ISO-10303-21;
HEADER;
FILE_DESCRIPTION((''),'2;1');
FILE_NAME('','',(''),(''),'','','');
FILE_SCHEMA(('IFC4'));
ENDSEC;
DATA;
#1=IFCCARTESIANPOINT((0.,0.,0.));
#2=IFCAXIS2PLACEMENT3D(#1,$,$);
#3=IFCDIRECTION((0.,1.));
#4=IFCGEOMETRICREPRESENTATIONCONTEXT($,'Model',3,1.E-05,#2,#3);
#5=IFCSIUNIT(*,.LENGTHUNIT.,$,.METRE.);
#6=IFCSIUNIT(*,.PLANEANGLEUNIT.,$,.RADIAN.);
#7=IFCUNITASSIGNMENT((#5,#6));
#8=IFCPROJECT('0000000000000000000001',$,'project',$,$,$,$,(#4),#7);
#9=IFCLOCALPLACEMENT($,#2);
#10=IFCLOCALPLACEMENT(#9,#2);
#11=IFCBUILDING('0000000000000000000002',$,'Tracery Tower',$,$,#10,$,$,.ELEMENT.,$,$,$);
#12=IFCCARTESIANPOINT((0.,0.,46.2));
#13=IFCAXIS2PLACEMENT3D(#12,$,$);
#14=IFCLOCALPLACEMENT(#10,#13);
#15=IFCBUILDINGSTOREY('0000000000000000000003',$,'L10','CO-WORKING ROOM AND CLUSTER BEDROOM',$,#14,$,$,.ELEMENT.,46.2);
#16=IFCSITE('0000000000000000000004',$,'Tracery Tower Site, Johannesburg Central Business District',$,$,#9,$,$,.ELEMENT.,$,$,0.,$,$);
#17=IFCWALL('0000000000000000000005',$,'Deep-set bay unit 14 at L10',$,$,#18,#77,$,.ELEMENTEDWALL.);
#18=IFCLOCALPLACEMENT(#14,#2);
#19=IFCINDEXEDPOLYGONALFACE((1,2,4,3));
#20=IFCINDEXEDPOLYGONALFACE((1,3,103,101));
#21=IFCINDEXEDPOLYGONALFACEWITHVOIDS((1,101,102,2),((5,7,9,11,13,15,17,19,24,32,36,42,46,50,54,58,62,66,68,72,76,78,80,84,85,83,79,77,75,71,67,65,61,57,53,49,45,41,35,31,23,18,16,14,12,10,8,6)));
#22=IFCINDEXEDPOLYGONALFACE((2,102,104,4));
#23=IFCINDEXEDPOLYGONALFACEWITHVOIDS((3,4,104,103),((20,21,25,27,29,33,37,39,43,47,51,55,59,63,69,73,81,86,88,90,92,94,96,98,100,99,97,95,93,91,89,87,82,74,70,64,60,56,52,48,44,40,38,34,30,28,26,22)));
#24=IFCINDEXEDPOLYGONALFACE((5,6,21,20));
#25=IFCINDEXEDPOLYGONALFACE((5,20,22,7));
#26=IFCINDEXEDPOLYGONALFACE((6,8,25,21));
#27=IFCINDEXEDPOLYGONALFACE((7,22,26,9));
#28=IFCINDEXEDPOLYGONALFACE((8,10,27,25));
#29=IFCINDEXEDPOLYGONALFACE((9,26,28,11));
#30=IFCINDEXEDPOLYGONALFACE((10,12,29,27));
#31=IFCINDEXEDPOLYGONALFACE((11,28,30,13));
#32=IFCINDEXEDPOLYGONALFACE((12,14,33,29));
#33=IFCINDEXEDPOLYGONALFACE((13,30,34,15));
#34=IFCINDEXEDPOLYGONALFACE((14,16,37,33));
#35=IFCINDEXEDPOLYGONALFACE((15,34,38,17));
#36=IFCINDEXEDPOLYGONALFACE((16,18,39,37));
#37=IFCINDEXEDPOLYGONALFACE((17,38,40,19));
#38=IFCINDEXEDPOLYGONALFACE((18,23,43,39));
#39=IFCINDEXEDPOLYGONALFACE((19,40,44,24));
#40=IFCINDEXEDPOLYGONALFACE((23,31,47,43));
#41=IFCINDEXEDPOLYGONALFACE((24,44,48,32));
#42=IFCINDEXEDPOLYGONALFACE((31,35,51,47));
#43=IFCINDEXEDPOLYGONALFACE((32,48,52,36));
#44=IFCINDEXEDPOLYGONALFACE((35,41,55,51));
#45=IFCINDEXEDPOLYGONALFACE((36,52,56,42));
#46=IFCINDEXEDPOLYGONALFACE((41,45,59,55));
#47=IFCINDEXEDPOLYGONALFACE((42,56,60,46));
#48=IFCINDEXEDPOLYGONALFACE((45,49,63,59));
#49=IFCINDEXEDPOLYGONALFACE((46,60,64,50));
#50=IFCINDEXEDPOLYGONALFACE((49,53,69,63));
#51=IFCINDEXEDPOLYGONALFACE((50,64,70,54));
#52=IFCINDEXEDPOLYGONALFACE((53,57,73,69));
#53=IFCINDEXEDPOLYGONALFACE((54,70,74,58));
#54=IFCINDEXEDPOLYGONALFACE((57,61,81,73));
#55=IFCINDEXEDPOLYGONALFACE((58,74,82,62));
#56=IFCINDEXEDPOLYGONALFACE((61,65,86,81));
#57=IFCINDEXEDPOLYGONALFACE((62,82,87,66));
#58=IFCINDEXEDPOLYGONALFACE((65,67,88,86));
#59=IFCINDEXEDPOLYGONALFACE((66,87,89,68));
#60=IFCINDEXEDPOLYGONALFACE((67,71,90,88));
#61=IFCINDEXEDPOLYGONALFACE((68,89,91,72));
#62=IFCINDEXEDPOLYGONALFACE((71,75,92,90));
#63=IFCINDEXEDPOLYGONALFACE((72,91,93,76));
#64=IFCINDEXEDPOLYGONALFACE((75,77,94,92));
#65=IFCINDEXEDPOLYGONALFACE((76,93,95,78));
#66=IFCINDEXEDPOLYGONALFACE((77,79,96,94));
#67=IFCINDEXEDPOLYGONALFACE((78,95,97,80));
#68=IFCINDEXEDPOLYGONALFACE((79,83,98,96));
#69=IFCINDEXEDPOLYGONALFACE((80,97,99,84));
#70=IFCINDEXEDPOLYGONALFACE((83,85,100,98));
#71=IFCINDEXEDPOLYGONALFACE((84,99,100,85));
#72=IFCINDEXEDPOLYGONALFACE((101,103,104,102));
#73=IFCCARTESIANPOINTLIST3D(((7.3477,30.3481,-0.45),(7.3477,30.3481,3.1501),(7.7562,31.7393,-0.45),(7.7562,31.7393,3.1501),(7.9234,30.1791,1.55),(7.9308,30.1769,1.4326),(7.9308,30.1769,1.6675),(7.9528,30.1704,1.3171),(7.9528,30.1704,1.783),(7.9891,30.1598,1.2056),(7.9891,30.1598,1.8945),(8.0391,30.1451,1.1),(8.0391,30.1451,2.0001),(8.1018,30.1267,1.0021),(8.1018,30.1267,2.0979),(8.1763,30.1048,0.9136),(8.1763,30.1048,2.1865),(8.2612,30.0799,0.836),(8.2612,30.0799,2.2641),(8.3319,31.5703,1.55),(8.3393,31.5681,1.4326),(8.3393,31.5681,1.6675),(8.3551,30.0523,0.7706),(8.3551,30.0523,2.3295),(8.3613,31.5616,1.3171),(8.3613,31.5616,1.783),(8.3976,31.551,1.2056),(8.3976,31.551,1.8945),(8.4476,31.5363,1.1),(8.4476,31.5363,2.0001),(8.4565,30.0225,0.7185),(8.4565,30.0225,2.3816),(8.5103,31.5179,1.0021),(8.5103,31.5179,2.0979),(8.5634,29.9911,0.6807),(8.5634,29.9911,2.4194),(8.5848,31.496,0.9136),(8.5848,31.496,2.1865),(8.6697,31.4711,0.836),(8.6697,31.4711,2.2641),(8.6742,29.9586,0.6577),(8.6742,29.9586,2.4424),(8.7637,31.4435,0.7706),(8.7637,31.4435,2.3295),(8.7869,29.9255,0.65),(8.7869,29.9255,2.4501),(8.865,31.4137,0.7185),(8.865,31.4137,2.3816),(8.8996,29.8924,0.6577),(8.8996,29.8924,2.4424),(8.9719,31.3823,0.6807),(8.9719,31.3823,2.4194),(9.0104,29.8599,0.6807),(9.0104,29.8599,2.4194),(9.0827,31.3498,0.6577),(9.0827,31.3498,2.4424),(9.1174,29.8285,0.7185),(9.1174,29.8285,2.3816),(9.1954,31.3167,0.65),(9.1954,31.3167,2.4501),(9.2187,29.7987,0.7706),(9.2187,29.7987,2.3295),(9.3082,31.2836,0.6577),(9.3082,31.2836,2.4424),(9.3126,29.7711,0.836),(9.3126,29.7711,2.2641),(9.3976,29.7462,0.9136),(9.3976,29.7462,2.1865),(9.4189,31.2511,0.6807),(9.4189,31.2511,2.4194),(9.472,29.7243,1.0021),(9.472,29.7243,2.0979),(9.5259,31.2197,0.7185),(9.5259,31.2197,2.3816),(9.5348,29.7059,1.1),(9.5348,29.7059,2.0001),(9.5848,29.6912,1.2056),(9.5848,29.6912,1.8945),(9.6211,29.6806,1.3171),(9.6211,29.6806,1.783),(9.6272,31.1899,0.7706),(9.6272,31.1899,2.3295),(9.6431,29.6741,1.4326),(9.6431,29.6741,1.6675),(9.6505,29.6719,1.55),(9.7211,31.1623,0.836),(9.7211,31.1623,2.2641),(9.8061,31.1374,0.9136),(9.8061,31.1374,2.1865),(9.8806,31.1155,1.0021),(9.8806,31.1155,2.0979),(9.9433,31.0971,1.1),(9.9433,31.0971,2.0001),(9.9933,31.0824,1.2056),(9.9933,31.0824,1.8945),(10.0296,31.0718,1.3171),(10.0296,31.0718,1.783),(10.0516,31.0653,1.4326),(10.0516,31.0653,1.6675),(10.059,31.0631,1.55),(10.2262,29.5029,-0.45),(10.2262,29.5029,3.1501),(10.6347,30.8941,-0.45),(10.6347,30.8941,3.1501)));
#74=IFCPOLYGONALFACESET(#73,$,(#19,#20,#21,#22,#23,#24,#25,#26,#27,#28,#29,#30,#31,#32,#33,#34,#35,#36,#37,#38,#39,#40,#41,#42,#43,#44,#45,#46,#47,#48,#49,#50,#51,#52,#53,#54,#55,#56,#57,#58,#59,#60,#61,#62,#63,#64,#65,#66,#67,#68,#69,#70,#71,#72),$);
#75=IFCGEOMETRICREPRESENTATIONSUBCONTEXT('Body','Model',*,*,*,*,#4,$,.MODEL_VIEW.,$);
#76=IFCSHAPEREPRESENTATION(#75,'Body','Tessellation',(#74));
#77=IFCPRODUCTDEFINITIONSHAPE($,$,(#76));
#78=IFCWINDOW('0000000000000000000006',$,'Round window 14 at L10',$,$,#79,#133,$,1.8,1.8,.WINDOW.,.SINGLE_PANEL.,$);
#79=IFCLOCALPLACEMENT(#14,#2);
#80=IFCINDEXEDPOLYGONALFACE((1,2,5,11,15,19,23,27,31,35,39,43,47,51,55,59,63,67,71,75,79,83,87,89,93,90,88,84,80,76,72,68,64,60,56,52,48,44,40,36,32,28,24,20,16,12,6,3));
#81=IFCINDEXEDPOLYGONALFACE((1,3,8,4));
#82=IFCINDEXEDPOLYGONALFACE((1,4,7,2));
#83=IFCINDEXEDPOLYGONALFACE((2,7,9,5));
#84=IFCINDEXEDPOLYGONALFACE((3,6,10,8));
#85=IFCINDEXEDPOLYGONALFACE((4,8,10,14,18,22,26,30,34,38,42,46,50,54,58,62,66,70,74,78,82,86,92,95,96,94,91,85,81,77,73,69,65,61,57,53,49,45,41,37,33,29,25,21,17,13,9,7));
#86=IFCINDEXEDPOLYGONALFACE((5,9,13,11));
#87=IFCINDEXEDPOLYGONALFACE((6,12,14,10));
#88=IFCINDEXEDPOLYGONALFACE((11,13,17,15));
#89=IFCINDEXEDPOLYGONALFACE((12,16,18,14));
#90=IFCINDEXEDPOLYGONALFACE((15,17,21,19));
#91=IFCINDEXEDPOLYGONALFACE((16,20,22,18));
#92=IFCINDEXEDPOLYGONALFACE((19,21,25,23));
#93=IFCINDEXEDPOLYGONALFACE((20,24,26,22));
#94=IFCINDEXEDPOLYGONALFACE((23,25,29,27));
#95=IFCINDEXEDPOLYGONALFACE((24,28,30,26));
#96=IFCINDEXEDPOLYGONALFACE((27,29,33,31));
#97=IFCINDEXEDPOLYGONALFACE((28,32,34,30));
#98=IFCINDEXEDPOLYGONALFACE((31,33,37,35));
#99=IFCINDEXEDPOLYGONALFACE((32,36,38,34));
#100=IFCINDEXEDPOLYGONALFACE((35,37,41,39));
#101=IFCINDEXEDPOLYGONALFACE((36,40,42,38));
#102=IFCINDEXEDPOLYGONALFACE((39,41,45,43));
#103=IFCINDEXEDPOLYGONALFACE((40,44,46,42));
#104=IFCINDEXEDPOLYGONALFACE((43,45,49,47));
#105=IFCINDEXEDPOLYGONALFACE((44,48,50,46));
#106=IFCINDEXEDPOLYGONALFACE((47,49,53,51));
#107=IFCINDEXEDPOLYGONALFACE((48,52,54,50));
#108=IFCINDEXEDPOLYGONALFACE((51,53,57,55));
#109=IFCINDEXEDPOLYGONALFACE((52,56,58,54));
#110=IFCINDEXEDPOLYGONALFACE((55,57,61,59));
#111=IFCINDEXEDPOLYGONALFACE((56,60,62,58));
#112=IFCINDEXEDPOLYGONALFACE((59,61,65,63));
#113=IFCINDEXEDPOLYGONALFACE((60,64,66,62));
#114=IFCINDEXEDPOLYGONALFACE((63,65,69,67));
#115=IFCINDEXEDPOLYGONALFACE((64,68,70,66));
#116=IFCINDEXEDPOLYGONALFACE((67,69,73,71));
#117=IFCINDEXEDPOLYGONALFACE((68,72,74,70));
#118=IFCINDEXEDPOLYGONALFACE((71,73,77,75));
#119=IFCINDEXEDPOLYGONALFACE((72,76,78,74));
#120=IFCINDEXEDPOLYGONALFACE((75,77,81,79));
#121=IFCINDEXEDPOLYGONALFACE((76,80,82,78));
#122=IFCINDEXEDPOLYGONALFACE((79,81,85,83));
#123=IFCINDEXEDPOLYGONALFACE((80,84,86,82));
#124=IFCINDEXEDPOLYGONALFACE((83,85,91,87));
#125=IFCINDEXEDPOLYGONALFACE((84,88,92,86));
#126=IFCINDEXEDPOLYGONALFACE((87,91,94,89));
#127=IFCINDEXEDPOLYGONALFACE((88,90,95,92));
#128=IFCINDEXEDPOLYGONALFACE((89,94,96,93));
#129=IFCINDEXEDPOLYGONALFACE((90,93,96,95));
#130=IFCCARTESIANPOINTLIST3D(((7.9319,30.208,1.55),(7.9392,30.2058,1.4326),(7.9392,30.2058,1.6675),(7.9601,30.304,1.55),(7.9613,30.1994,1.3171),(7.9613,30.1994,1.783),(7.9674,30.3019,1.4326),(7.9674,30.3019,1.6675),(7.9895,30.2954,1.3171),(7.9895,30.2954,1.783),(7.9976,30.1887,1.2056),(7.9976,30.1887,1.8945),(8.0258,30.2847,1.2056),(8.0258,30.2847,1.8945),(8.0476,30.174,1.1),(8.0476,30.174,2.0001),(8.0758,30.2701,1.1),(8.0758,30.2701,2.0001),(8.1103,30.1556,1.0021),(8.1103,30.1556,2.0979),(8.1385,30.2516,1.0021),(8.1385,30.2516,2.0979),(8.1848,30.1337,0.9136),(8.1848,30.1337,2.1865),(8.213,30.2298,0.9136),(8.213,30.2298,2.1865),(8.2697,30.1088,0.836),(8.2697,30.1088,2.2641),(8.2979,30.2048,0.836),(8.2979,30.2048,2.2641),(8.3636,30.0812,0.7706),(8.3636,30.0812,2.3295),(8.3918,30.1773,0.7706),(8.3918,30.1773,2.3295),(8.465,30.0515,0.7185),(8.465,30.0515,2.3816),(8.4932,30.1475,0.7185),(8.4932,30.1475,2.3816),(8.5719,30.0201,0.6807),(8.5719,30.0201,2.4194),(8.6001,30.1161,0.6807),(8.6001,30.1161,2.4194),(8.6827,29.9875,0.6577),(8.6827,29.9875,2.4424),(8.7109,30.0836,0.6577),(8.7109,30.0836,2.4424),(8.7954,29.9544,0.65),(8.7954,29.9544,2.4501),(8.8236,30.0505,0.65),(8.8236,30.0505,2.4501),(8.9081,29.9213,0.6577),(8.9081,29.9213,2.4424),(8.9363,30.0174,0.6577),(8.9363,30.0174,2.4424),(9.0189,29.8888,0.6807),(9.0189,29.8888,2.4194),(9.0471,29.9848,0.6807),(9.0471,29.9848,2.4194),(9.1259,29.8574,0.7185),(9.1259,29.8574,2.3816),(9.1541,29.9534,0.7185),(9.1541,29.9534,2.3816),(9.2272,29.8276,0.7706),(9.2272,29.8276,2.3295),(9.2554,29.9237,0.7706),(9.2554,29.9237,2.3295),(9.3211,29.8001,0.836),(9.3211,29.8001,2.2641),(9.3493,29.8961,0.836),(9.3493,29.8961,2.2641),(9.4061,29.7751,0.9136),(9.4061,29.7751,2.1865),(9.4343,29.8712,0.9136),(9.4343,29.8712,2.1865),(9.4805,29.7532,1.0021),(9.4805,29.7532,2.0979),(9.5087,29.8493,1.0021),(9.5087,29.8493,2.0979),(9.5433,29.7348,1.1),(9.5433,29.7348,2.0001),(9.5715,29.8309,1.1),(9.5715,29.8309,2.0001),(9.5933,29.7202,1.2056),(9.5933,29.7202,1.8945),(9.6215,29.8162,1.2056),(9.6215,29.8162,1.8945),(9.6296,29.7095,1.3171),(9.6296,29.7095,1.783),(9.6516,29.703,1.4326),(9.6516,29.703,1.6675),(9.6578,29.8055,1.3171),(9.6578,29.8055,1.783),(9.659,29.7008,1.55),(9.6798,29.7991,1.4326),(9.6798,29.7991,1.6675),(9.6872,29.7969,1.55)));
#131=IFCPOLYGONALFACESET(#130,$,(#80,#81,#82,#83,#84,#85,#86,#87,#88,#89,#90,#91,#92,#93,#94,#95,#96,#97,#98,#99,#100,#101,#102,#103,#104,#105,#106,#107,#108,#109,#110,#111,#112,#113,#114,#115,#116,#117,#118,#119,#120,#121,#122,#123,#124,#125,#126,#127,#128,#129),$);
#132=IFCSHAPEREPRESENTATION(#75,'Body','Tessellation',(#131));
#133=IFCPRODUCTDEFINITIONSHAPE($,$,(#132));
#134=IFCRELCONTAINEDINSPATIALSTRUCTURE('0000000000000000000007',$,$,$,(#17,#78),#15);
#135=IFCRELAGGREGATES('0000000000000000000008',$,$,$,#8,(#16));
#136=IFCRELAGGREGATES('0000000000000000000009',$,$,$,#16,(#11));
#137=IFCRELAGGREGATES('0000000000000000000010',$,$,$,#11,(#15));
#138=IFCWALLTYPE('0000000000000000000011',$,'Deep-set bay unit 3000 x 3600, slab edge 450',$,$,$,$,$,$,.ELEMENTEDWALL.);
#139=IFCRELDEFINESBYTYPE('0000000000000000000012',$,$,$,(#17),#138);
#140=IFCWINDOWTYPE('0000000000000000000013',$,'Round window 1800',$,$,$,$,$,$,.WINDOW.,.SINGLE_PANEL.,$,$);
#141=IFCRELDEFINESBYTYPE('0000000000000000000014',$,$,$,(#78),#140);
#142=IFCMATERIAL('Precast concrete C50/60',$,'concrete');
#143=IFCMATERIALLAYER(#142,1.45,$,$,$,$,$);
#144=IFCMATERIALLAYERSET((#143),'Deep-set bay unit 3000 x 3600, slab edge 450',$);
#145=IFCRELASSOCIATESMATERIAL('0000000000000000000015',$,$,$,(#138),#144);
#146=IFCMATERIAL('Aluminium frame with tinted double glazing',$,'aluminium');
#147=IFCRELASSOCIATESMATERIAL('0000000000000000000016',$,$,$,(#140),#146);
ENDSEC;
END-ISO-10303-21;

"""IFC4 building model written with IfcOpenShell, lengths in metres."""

from ifc_helpers import new_model, si_unit, direction, frame, frame_2d, origin, origin_2d, place, context, subcontext, project, spatial, rectangle, circle, extrude, material, layer, layer_set, type_object, element, fill, save


model = new_model("IFC4")

# Units and contexts
model_context = context("Model", 3, precision=1e-05, world=origin(), true_north=direction((0.0, 1.0)))
body_context = subcontext(model_context, "Body", "Model", "MODEL_VIEW")
ifc_project = project(units=[si_unit("LENGTHUNIT", "METRE"), si_unit("PLANEANGLEUNIT", "RADIAN")], contexts=[model_context])

# Site, building, storey
site_placement = place(None, origin())
site = spatial("IfcSite", under=ifc_project, at=site_placement, Name="Tracery Tower Site, Johannesburg Central Business District", CompositionType="ELEMENT", RefElevation=0.0)
building_placement = place(site_placement, origin())
building = spatial("IfcBuilding", under=site, at=building_placement, Name="Tracery Tower", CompositionType="ELEMENT")
storey_placement = place(building_placement, frame((0.0, 0.0, 46.2)))
storey = spatial("IfcBuildingStorey", under=building, at=storey_placement, Name="L10", Description="CO-WORKING ROOM AND CLUSTER BEDROOM", CompositionType="ELEMENT", Elevation=46.2)

# Wall, opening, window
ifc_material_1 = material(Name="Precast concrete C50/60", Category="concrete")
ifc_layer_1 = layer(ifc_material_1, 1.45)
ifc_layer_set_1 = layer_set([ifc_layer_1], Name="Deep-set bay unit 3000 x 3600, slab edge 450")
wall_type_1 = type_object("IfcWallType", Name="Deep-set bay unit 3000 x 3600, slab edge 450", PredefinedType="ELEMENTEDWALL", material=ifc_layer_set_1)
wall_1_placement = place(storey_placement, frame((10.4304, 30.1985, -0.45), z_axis=(0.0, 0.0, 1.0), x_axis=(-0.95949, 0.281743, 0.0)))
wall_1 = element("IfcWall", 1, at=wall_1_placement, inside=storey, type_object=wall_type_1, Name="Deep-set bay unit 14 at L10", PredefinedType="ELEMENTEDWALL", context=body_context, shape_type="SweptSolid", body=[
    extrude(rectangle(XDim=3.0, YDim=1.45, at=frame_2d((1.5, 0.0))), origin(), (0.0, 0.0, 1.0), 3.6001),
])
opening_1_placement = place(wall_1_placement, frame((1.5, 0.0, 2.0)))
opening_1 = element("IfcOpeningElement", 2, at=opening_1_placement, cuts=wall_1, PredefinedType="OPENING", context=body_context, shape_type="SweptSolid", body=[
    extrude(circle(Radius=0.9, at=origin_2d()), frame((0.0, 0.7349, 0.0), z_axis=(0.0, -1.0, 0.0), x_axis=(1.0, 0.0, 0.0)), (0.0, 0.0, 1.0), 1.47),
])
ifc_material_2 = material(Name="Aluminium frame with tinted double glazing", Category="aluminium")
window_type = type_object("IfcWindowType", Name="Round window 1800", PartitioningType="SINGLE_PANEL", PredefinedType="WINDOW", material=ifc_material_2)
window_1_placement = place(opening_1_placement, origin())
window_1 = element("IfcWindow", 3, at=window_1_placement, inside=storey, type_object=window_type, Name="Round window 14 at L10", OverallHeight=1.8, OverallWidth=1.8, PartitioningType="SINGLE_PANEL", PredefinedType="WINDOW", context=body_context, shape_type="SweptSolid", body=[
    extrude(circle(Radius=0.9, at=origin_2d()), frame((0.0, 0.6948, 0.0), z_axis=(0.0, -1.0, 0.0), x_axis=(1.0, 0.0, 0.0)), (0.0, 0.0, 1.0), 0.1001),
])
fill(opening_1, window_1)

save(model, "model.ifc")
